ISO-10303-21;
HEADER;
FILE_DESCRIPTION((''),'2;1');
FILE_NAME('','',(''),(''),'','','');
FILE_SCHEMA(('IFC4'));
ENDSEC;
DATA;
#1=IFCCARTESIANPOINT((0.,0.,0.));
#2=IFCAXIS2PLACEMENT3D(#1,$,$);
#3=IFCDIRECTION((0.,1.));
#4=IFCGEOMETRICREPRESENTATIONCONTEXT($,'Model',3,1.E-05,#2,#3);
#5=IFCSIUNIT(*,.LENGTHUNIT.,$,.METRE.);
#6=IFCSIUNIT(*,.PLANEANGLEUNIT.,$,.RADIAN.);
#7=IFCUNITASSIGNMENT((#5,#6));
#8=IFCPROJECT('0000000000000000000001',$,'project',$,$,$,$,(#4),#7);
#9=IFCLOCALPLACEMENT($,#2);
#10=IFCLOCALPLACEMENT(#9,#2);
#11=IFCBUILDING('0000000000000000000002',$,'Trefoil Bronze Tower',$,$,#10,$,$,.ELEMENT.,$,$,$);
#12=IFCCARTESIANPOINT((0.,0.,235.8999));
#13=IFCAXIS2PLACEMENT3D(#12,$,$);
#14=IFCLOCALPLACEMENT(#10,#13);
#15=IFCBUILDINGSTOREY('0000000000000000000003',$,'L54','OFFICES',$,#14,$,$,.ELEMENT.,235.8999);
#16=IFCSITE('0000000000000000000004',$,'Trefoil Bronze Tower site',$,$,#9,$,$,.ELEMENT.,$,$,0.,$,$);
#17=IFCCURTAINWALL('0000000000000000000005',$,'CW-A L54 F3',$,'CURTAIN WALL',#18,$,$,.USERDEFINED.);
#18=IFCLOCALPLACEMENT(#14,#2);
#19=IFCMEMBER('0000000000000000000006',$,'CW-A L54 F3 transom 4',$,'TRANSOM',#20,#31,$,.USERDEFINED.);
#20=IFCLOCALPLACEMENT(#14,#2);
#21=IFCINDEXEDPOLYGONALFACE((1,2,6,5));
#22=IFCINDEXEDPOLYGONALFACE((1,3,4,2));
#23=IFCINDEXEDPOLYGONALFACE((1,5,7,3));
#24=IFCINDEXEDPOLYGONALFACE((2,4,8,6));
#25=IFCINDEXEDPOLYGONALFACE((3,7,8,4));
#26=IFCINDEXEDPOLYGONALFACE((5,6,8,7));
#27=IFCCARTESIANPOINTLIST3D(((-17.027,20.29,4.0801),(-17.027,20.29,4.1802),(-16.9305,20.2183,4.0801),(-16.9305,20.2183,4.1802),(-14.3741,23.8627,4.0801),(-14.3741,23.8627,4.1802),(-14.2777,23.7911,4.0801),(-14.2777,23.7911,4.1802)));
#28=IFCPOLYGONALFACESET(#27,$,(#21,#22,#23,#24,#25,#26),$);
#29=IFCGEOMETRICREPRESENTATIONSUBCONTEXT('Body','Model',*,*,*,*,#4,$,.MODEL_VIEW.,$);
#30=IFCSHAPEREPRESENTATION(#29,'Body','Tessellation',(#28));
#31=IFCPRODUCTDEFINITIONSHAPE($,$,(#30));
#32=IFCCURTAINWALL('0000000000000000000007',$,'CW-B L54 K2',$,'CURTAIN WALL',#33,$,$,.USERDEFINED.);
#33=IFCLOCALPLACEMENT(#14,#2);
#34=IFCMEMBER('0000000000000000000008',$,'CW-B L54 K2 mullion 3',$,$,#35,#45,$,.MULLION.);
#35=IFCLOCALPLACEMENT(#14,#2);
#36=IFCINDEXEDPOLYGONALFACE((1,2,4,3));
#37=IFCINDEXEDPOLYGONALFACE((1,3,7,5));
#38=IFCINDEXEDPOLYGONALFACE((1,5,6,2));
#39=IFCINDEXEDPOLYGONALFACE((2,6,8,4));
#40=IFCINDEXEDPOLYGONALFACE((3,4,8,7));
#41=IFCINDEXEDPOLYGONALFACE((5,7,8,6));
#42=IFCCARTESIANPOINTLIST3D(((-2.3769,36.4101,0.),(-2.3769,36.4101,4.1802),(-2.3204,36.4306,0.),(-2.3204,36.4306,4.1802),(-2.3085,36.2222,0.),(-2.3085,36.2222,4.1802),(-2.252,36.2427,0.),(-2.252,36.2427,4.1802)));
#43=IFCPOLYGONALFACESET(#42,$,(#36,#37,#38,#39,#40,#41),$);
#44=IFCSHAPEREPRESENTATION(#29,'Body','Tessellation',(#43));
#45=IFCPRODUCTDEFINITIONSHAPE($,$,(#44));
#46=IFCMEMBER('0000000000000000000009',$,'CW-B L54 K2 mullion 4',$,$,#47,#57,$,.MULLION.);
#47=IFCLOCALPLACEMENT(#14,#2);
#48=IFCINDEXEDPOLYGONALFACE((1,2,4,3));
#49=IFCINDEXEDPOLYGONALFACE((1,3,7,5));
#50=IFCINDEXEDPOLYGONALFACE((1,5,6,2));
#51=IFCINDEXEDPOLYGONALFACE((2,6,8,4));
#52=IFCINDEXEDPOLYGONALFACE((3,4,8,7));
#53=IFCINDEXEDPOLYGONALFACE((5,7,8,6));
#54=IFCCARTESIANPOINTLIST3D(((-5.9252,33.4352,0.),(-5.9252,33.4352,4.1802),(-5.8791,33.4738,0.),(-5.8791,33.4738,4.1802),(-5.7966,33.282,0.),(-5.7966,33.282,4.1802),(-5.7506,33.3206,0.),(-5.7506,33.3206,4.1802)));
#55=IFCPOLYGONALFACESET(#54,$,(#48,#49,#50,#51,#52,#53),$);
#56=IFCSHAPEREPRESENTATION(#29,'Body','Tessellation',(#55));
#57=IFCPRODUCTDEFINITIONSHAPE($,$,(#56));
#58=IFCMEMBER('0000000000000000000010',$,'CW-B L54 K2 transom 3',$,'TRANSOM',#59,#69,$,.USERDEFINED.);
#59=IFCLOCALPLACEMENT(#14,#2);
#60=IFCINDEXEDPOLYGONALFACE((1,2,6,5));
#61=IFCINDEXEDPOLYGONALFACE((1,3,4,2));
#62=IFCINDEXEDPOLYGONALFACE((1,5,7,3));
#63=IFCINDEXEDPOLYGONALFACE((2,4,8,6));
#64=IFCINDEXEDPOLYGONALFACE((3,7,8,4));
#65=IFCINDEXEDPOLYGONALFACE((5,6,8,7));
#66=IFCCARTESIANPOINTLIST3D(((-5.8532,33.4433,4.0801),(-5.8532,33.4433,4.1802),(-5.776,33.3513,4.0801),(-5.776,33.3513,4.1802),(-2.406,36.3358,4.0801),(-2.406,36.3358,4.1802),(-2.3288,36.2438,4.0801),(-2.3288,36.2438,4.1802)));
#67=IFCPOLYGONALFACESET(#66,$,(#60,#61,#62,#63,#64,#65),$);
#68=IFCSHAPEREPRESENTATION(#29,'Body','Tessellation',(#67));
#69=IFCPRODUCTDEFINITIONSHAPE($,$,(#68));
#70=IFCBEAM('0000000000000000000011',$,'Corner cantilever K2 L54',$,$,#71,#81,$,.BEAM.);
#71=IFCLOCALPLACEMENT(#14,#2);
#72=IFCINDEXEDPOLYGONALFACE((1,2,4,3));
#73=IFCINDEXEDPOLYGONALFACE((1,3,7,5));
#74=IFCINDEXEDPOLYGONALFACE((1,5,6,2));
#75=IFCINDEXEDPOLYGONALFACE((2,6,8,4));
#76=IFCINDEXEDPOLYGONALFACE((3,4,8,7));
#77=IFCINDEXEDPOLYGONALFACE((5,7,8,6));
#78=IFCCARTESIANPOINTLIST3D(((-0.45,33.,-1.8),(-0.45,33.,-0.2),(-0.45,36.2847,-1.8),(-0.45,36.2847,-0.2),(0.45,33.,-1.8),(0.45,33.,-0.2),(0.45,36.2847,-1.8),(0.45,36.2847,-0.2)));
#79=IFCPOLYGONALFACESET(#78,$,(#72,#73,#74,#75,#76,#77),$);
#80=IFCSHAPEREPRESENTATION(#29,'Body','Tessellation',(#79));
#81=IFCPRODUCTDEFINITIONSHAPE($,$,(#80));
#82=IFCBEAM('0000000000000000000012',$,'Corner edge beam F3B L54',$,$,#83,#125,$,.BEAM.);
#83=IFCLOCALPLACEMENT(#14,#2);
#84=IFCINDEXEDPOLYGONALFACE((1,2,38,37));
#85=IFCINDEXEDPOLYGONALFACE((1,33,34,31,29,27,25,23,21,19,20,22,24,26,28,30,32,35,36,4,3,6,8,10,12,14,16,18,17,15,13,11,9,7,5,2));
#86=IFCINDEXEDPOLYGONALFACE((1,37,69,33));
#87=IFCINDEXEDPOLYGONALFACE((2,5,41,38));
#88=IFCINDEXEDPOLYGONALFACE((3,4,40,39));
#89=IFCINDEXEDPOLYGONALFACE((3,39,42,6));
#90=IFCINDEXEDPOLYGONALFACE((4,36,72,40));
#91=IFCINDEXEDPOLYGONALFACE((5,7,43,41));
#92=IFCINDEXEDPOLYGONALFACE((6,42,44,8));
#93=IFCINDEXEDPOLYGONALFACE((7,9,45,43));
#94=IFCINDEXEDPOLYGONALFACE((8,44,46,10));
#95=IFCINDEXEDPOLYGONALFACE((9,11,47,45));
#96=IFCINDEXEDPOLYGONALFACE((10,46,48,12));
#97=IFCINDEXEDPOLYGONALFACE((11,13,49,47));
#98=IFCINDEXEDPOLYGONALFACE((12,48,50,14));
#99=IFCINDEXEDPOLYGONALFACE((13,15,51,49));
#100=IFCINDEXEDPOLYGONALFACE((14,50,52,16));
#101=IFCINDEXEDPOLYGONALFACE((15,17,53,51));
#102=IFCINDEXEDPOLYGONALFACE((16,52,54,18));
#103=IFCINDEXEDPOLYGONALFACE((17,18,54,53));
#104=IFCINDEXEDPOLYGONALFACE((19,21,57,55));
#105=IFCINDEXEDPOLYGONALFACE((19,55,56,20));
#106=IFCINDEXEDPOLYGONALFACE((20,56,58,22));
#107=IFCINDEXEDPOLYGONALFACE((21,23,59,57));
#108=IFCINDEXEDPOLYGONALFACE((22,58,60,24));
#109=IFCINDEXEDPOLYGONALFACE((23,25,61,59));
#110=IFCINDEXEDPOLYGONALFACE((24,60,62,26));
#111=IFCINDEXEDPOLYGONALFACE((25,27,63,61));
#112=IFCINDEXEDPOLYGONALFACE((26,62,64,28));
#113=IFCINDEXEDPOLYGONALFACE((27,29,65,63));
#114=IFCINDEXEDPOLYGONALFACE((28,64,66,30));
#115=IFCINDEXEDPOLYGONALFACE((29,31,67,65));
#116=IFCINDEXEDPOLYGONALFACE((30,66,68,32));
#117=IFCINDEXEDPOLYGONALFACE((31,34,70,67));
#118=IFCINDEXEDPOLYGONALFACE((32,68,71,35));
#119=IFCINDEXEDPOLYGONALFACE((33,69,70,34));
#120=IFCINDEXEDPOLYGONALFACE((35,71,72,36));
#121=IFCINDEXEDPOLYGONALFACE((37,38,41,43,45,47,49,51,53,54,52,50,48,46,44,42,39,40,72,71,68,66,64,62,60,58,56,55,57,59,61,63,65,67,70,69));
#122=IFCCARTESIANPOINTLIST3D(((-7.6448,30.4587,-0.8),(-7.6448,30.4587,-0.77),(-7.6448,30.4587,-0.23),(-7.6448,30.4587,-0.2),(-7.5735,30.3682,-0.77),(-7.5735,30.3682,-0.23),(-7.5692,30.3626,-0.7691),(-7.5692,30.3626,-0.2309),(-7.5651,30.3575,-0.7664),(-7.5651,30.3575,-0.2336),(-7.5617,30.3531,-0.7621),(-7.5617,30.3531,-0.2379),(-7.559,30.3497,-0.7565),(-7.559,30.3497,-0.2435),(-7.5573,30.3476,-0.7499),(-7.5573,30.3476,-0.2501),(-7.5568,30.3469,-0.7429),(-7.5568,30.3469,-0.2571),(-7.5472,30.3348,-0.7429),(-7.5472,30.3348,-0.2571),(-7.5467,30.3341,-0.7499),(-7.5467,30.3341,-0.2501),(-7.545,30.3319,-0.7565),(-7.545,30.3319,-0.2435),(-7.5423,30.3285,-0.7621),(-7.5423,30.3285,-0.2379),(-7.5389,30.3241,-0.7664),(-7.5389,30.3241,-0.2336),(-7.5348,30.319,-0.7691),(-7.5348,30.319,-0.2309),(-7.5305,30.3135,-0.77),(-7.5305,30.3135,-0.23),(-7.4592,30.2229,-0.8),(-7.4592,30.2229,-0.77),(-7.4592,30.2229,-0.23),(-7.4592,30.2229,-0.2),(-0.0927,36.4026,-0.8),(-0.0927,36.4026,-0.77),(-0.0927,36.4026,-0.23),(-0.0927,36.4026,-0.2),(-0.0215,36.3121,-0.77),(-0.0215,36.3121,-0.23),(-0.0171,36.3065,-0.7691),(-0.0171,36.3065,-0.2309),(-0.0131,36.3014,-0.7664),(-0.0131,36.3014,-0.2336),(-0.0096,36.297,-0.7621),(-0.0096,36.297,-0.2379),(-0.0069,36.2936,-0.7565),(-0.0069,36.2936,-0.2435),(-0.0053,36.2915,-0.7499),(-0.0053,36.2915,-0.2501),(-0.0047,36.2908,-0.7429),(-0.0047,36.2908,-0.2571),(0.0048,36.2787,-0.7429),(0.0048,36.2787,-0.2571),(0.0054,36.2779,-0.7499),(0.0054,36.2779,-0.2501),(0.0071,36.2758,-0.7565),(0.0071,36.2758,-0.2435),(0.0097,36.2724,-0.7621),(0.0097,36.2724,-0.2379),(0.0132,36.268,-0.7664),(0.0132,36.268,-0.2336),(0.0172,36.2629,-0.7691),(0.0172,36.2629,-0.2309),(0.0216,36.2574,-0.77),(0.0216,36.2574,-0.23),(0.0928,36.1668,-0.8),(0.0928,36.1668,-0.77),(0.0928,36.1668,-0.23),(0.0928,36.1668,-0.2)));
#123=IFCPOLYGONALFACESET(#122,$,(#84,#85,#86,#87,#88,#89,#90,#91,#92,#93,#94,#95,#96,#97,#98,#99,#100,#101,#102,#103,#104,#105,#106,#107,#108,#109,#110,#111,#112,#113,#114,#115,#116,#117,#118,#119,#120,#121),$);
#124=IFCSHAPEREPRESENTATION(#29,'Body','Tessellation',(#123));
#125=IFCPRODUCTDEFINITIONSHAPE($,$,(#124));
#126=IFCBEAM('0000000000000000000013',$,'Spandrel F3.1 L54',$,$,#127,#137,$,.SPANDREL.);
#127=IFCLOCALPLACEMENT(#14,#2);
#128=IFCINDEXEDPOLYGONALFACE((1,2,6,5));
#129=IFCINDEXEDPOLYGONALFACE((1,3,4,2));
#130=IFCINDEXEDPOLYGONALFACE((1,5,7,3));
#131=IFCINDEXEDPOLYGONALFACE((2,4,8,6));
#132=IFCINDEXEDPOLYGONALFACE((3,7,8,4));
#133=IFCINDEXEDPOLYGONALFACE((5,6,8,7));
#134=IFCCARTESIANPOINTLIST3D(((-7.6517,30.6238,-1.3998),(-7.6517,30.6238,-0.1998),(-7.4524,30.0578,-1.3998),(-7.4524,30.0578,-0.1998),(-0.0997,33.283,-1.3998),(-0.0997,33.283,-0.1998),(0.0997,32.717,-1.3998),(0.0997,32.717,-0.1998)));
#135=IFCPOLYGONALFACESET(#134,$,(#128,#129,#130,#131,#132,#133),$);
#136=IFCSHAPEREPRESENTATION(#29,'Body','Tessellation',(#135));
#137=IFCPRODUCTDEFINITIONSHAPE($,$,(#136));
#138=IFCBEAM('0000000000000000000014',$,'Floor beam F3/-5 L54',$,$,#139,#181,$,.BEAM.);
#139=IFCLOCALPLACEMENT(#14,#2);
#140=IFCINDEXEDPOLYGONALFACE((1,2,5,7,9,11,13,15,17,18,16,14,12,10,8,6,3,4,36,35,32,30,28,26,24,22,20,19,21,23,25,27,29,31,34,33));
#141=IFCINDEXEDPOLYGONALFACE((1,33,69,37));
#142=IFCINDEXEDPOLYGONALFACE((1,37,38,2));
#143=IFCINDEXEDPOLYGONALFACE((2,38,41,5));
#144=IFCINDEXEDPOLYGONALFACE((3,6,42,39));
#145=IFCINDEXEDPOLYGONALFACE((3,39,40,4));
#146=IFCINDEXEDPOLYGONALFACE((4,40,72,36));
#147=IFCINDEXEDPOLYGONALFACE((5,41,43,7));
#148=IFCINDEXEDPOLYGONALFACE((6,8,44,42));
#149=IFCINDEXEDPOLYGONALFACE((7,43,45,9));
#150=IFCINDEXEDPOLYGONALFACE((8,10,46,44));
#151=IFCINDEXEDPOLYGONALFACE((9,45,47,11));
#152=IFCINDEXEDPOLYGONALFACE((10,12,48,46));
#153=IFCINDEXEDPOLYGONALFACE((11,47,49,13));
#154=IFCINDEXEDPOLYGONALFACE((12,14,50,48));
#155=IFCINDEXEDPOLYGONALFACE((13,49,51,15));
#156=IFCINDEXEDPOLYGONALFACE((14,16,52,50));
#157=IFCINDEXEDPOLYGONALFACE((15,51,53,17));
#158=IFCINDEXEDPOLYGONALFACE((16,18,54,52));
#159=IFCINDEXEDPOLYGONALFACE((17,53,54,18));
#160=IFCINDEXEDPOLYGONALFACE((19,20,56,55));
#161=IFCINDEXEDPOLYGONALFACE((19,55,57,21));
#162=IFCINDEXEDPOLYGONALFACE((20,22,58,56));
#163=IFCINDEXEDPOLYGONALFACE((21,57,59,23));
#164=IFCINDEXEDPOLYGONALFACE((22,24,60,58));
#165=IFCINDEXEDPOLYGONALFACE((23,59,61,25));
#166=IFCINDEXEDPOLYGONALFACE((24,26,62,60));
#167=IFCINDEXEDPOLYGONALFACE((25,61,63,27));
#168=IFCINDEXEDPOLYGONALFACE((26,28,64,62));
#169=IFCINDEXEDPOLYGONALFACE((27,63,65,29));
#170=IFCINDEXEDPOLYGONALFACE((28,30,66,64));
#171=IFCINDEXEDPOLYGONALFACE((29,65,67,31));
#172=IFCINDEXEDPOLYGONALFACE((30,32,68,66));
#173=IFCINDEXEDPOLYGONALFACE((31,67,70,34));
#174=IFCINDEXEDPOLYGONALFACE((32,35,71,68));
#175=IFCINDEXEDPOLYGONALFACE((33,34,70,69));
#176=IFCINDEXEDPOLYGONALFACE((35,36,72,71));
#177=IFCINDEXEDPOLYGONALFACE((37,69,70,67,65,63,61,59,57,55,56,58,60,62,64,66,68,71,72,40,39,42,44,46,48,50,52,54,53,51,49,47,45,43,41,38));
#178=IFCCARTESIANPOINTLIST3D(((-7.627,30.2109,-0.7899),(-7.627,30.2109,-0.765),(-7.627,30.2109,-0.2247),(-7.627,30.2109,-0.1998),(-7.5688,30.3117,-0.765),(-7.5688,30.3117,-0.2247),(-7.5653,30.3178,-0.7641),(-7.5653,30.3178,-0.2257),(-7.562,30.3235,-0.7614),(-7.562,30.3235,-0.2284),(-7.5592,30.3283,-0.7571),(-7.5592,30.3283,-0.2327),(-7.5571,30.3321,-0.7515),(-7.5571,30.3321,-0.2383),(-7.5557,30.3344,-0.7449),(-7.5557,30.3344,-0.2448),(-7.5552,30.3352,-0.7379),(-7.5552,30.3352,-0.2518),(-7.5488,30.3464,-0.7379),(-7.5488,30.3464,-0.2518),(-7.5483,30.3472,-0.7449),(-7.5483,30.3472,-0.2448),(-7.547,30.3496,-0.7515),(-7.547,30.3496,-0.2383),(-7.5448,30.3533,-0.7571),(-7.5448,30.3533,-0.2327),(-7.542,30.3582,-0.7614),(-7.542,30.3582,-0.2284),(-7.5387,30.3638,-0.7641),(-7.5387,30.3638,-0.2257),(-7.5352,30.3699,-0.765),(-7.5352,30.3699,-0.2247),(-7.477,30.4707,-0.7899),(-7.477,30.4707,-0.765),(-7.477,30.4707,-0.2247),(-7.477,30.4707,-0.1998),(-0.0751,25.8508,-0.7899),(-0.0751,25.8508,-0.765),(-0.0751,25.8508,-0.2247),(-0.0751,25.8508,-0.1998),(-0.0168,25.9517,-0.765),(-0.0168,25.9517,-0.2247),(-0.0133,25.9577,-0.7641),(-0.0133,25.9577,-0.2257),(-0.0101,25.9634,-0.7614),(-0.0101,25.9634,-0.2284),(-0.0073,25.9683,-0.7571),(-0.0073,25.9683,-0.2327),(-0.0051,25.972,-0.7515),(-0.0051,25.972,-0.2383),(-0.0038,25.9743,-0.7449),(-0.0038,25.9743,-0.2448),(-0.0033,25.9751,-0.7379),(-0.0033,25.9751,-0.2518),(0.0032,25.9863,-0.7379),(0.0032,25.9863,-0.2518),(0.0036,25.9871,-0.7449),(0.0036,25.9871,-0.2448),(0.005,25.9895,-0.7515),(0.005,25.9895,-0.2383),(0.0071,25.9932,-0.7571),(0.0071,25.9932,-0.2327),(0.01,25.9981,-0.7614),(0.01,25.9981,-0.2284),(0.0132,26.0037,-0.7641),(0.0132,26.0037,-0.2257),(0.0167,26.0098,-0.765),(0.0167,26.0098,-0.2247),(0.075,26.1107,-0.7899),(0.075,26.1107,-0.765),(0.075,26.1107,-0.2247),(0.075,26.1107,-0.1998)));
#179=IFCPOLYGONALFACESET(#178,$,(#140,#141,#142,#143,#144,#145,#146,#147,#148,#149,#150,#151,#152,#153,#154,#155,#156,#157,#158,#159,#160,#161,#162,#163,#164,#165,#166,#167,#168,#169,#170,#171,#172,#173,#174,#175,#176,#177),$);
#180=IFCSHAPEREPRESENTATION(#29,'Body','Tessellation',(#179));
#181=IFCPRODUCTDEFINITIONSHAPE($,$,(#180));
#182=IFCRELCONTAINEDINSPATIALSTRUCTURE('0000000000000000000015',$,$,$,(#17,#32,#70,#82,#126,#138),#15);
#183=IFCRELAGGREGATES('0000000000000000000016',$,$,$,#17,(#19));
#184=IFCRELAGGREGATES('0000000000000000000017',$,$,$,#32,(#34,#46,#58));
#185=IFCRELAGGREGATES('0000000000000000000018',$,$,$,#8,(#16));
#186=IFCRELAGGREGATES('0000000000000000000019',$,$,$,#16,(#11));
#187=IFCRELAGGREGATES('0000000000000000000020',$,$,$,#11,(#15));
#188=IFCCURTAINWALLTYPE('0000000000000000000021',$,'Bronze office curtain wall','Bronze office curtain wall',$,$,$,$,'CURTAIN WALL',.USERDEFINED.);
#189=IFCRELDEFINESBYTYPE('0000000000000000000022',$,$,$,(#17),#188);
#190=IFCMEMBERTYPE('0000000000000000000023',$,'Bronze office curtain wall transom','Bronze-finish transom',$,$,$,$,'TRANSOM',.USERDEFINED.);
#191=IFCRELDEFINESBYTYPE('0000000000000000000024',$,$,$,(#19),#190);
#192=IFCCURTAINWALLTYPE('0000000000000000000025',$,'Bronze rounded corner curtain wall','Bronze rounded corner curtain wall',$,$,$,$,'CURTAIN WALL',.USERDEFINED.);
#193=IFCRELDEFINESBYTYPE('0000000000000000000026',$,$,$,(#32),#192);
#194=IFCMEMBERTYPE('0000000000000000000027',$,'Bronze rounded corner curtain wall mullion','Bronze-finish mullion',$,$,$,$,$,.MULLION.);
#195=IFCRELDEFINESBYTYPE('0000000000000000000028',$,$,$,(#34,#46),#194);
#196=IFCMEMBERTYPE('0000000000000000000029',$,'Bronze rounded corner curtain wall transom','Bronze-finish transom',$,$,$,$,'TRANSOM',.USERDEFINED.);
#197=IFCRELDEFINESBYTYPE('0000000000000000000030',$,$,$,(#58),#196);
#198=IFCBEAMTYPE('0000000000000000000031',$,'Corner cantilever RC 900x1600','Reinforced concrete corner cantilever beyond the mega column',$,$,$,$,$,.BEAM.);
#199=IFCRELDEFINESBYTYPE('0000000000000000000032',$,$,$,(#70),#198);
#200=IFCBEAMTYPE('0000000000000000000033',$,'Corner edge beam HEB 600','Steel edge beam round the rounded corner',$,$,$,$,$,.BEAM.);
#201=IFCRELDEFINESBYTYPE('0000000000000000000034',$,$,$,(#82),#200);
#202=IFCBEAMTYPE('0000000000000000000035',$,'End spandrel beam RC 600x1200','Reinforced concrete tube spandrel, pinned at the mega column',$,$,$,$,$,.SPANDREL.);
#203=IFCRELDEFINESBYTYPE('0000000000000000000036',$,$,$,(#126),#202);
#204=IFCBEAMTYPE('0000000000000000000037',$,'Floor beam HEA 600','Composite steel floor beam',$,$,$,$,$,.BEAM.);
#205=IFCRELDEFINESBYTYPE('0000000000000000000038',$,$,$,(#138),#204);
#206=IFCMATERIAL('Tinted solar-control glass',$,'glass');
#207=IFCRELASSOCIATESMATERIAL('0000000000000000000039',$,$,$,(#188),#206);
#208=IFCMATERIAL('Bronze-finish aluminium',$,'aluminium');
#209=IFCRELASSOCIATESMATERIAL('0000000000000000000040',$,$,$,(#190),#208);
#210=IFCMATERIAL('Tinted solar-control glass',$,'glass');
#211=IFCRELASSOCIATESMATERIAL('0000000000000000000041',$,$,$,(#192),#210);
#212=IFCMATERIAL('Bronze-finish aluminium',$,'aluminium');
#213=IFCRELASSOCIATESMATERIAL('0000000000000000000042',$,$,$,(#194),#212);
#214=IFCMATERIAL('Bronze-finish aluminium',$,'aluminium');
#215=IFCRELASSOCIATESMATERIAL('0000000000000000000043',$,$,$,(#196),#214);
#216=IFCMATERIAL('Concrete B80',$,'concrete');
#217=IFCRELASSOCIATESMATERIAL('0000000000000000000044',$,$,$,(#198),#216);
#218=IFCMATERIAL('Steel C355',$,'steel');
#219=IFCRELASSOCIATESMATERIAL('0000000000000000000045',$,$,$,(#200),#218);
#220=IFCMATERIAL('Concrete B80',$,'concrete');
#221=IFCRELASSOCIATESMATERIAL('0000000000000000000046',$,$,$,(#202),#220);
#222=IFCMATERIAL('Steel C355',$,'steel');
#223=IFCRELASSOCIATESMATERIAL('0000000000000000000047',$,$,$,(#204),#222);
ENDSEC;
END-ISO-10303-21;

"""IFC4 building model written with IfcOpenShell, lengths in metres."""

from ifc_helpers import new_model, si_unit, direction, frame, origin, origin_2d, place, context, subcontext, project, spatial, rectangle, i_section, extrude, material, material_profile, profile_set, type_object, element, aggregate, save


model = new_model("IFC4")

# Units and contexts
model_context = context("Model", 3, precision=1e-05, world=origin(), true_north=direction((0.0, 1.0)))
body_context = subcontext(model_context, "Body", "Model", "MODEL_VIEW")
ifc_project = project(units=[si_unit("LENGTHUNIT", "METRE"), si_unit("PLANEANGLEUNIT", "RADIAN")], contexts=[model_context])

# Site, building, storey
site_placement = place(None, origin())
site = spatial("IfcSite", under=ifc_project, at=site_placement, Name="Trefoil Bronze Tower site", CompositionType="ELEMENT", RefElevation=0.0)
building_placement = place(site_placement, origin())
building = spatial("IfcBuilding", under=site, at=building_placement, Name="Trefoil Bronze Tower", CompositionType="ELEMENT")
storey_placement = place(building_placement, frame((0.0, 0.0, 235.8999)))
storey = spatial("IfcBuildingStorey", under=building, at=storey_placement, Name="L54", Description="OFFICES", CompositionType="ELEMENT", Elevation=235.8999)

# Curtain walls, members
ifc_material_1 = material(Name="Tinted solar-control glass", Category="glass")
curtain_wall_type_1 = type_object("IfcCurtainWallType", Name="Bronze office curtain wall", Description="Bronze office curtain wall", ElementType="CURTAIN WALL", PredefinedType="USERDEFINED", material=ifc_material_1)
curtain_wall_1_placement = place(storey_placement, origin())
curtain_wall_1 = element("IfcCurtainWall", 1, at=curtain_wall_1_placement, inside=storey, type_object=curtain_wall_type_1, Name="CW-A L54 F3", ObjectType="CURTAIN WALL", PredefinedType="USERDEFINED")
ifc_material_2 = material(Name="Bronze-finish aluminium", Category="aluminium")
ifc_material_profile_1 = material_profile(ifc_material_2, rectangle(XDim=0.1201, YDim=0.1001, at=origin_2d()), Name="CW-A transom")
ifc_profile_set_1 = profile_set([ifc_material_profile_1], Name="Bronze-finish aluminium")
member_type_1 = type_object("IfcMemberType", Name="Bronze office curtain wall transom", Description="Bronze-finish transom", ElementType="TRANSOM", PredefinedType="USERDEFINED", material=ifc_profile_set_1)
member_1_placement = place(storey_placement, frame((-14.3259, 23.8269, 4.1301), z_axis=(-0.596148, -0.802874, 0.0), x_axis=(0.802874, -0.596148, 0.0)))
member_1 = element("IfcMember", 2, at=member_1_placement, type_object=member_type_1, Name="CW-A L54 F3 transom 4", ObjectType="TRANSOM", PredefinedType="USERDEFINED", context=body_context, shape_type="SweptSolid", body=[
    extrude(rectangle(XDim=0.1201, YDim=0.1001, at=origin_2d()), origin(), (0.0, 0.0, 1.0), 4.45),
])
ifc_material_3 = material(Name="Tinted solar-control glass", Category="glass")
curtain_wall_type_2 = type_object("IfcCurtainWallType", Name="Bronze rounded corner curtain wall", Description="Bronze rounded corner curtain wall", ElementType="CURTAIN WALL", PredefinedType="USERDEFINED", material=ifc_material_3)
curtain_wall_2_placement = place(storey_placement, origin())
curtain_wall_2 = element("IfcCurtainWall", 3, at=curtain_wall_2_placement, inside=storey, type_object=curtain_wall_type_2, Name="CW-B L54 K2", ObjectType="CURTAIN WALL", PredefinedType="USERDEFINED")
ifc_material_4 = material(Name="Bronze-finish aluminium", Category="aluminium")
ifc_material_profile_2 = material_profile(ifc_material_4, rectangle(XDim=0.2, YDim=0.0601, at=origin_2d()), Name="CW-B mullion")
ifc_profile_set_2 = profile_set([ifc_material_profile_2], Name="Bronze-finish aluminium")
member_type_2 = type_object("IfcMemberType", Name="Bronze rounded corner curtain wall mullion", Description="Bronze-finish mullion", PredefinedType="MULLION", material=ifc_profile_set_2)
member_2_placement = place(storey_placement, frame((-2.3145, 36.3264, 0.0), z_axis=(0.0, 0.0, 1.0), x_axis=(0.34202, -0.939693, 0.0)))
member_2 = element("IfcMember", 4, at=member_2_placement, type_object=member_type_2, Name="CW-B L54 K2 mullion 3", PredefinedType="MULLION", context=body_context, shape_type="SweptSolid", body=[
    extrude(rectangle(XDim=0.2, YDim=0.0601, at=origin_2d()), origin(), (0.0, 0.0, 1.0), 4.1802),
])
member_3_placement = place(storey_placement, frame((-5.8379, 33.3779, 0.0), z_axis=(0.0, 0.0, 1.0), x_axis=(0.642788, -0.766044, 0.0)))
member_3 = element("IfcMember", 5, at=member_3_placement, type_object=member_type_2, Name="CW-B L54 K2 mullion 4", PredefinedType="MULLION", context=body_context, shape_type="SweptSolid", body=[
    extrude(rectangle(XDim=0.2, YDim=0.0601, at=origin_2d()), origin(), (0.0, 0.0, 1.0), 4.1802),
])
ifc_material_5 = material(Name="Bronze-finish aluminium", Category="aluminium")
ifc_material_profile_3 = material_profile(ifc_material_5, rectangle(XDim=0.1201, YDim=0.1001, at=origin_2d()), Name="CW-B transom")
ifc_profile_set_3 = profile_set([ifc_material_profile_3], Name="Bronze-finish aluminium")
member_type_3 = type_object("IfcMemberType", Name="Bronze rounded corner curtain wall transom", Description="Bronze-finish transom", ElementType="TRANSOM", PredefinedType="USERDEFINED", material=ifc_profile_set_3)
member_4_placement = place(storey_placement, frame((-2.3674, 36.2898, 4.1301), z_axis=(-0.766047, -0.642785, 0.0), x_axis=(0.642785, -0.766047, 0.0)))
member_4 = element("IfcMember", 6, at=member_4_placement, type_object=member_type_3, Name="CW-B L54 K2 transom 3", ObjectType="TRANSOM", PredefinedType="USERDEFINED", context=body_context, shape_type="SweptSolid", body=[
    extrude(rectangle(XDim=0.1201, YDim=0.1001, at=origin_2d()), origin(), (0.0, 0.0, 1.0), 4.5),
])

# Beams
ifc_material_6 = material(Name="Concrete B80", Category="concrete")
ifc_material_profile_4 = material_profile(ifc_material_6, rectangle(XDim=0.8999, YDim=1.6001, at=origin_2d()), Name="RC 900x1600")
ifc_profile_set_4 = profile_set([ifc_material_profile_4], Name="Concrete B80")
beam_type_1 = type_object("IfcBeamType", Name="Corner cantilever RC 900x1600", Description="Reinforced concrete corner cantilever beyond the mega column", PredefinedType="BEAM", material=ifc_profile_set_4)
beam_1_placement = place(storey_placement, frame((0.0, 33.0, -1.0), z_axis=(0.0, 1.0, 0.0), x_axis=(-1.0, 0.0, 0.0)))
element("IfcBeam", 7, at=beam_1_placement, inside=storey, type_object=beam_type_1, Name="Corner cantilever K2 L54", PredefinedType="BEAM", context=body_context, shape_type="SweptSolid", body=[
    extrude(rectangle(XDim=0.8999, YDim=1.6001, at=origin_2d()), origin(), (0.0, 0.0, 1.0), 3.2847),
])
ifc_material_7 = material(Name="Steel C355", Category="steel")
ifc_material_profile_5 = material_profile(ifc_material_7, i_section(OverallWidth=0.3, OverallDepth=0.6001, WebThickness=0.0154, FlangeThickness=0.03, FilletRadius=0.0271, at=origin_2d()), Name="HEB 600")
ifc_profile_set_5 = profile_set([ifc_material_profile_5], Name="Steel C355")
beam_type_2 = type_object("IfcBeamType", Name="Corner edge beam HEB 600", Description="Steel edge beam round the rounded corner", PredefinedType="BEAM", material=ifc_profile_set_5)
beam_2_placement = place(storey_placement, frame((-7.552, 30.3408, -0.5), z_axis=(0.785806, 0.618473, 0.0), x_axis=(-0.618473, 0.785806, 0.0)))
element("IfcBeam", 8, at=beam_2_placement, inside=storey, type_object=beam_type_2, Name="Corner edge beam F3B L54", PredefinedType="BEAM", context=body_context, shape_type="SweptSolid", body=[
    extrude(i_section(OverallWidth=0.3, OverallDepth=0.6001, WebThickness=0.0154, FlangeThickness=0.03, FilletRadius=0.0271, at=origin_2d()), origin(), (0.0, 0.0, 1.0), 9.6106),
])
ifc_material_8 = material(Name="Concrete B80", Category="concrete")
ifc_material_profile_6 = material_profile(ifc_material_8, rectangle(XDim=0.6001, YDim=1.2, at=origin_2d()), Name="RC 600x1200")
ifc_profile_set_6 = profile_set([ifc_material_profile_6], Name="Concrete B80")
beam_type_3 = type_object("IfcBeamType", Name="End spandrel beam RC 600x1200", Description="Reinforced concrete tube spandrel, pinned at the mega column", PredefinedType="SPANDREL", material=ifc_profile_set_6)
beam_3_placement = place(storey_placement, frame((0.0, 33.0, -0.7998), z_axis=(-0.943234, -0.332128, 0.0), x_axis=(0.332128, -0.943234, 0.0)))
element("IfcBeam", 9, at=beam_3_placement, inside=storey, type_object=beam_type_3, Name="Spandrel F3.1 L54", PredefinedType="SPANDREL", context=body_context, shape_type="SweptSolid", body=[
    extrude(rectangle(XDim=0.6001, YDim=1.2, at=origin_2d()), origin(), (0.0, 0.0, 1.0), 8.0066),
])
ifc_material_9 = material(Name="Steel C355", Category="steel")
ifc_material_profile_7 = material_profile(ifc_material_9, i_section(OverallWidth=0.3, OverallDepth=0.5901, WebThickness=0.0129, FlangeThickness=0.0249, FilletRadius=0.0271, at=origin_2d()), Name="HEA 600")
ifc_profile_set_7 = profile_set([ifc_material_profile_7], Name="Steel C355")
beam_type_4 = type_object("IfcBeamType", Name="Floor beam HEA 600", Description="Composite steel floor beam", PredefinedType="BEAM", material=ifc_profile_set_7)
beam_4_placement = place(storey_placement, frame((-7.552, 30.3408, -0.4949), z_axis=(0.866028, -0.499996, 0.0), x_axis=(0.499996, 0.866028, 0.0)))
element("IfcBeam", 10, at=beam_4_placement, inside=storey, type_object=beam_type_4, Name="Floor beam F3/-5 L54", PredefinedType="BEAM", context=body_context, shape_type="SweptSolid", body=[
    extrude(i_section(OverallWidth=0.3, OverallDepth=0.5901, WebThickness=0.0129, FlangeThickness=0.0249, FilletRadius=0.0271, at=origin_2d()), origin(), (0.0, 0.0, 1.0), 8.7202),
])

aggregate(curtain_wall_1, [member_1])
aggregate(curtain_wall_2, [member_2, member_3, member_4])

save(model, "model.ifc")
